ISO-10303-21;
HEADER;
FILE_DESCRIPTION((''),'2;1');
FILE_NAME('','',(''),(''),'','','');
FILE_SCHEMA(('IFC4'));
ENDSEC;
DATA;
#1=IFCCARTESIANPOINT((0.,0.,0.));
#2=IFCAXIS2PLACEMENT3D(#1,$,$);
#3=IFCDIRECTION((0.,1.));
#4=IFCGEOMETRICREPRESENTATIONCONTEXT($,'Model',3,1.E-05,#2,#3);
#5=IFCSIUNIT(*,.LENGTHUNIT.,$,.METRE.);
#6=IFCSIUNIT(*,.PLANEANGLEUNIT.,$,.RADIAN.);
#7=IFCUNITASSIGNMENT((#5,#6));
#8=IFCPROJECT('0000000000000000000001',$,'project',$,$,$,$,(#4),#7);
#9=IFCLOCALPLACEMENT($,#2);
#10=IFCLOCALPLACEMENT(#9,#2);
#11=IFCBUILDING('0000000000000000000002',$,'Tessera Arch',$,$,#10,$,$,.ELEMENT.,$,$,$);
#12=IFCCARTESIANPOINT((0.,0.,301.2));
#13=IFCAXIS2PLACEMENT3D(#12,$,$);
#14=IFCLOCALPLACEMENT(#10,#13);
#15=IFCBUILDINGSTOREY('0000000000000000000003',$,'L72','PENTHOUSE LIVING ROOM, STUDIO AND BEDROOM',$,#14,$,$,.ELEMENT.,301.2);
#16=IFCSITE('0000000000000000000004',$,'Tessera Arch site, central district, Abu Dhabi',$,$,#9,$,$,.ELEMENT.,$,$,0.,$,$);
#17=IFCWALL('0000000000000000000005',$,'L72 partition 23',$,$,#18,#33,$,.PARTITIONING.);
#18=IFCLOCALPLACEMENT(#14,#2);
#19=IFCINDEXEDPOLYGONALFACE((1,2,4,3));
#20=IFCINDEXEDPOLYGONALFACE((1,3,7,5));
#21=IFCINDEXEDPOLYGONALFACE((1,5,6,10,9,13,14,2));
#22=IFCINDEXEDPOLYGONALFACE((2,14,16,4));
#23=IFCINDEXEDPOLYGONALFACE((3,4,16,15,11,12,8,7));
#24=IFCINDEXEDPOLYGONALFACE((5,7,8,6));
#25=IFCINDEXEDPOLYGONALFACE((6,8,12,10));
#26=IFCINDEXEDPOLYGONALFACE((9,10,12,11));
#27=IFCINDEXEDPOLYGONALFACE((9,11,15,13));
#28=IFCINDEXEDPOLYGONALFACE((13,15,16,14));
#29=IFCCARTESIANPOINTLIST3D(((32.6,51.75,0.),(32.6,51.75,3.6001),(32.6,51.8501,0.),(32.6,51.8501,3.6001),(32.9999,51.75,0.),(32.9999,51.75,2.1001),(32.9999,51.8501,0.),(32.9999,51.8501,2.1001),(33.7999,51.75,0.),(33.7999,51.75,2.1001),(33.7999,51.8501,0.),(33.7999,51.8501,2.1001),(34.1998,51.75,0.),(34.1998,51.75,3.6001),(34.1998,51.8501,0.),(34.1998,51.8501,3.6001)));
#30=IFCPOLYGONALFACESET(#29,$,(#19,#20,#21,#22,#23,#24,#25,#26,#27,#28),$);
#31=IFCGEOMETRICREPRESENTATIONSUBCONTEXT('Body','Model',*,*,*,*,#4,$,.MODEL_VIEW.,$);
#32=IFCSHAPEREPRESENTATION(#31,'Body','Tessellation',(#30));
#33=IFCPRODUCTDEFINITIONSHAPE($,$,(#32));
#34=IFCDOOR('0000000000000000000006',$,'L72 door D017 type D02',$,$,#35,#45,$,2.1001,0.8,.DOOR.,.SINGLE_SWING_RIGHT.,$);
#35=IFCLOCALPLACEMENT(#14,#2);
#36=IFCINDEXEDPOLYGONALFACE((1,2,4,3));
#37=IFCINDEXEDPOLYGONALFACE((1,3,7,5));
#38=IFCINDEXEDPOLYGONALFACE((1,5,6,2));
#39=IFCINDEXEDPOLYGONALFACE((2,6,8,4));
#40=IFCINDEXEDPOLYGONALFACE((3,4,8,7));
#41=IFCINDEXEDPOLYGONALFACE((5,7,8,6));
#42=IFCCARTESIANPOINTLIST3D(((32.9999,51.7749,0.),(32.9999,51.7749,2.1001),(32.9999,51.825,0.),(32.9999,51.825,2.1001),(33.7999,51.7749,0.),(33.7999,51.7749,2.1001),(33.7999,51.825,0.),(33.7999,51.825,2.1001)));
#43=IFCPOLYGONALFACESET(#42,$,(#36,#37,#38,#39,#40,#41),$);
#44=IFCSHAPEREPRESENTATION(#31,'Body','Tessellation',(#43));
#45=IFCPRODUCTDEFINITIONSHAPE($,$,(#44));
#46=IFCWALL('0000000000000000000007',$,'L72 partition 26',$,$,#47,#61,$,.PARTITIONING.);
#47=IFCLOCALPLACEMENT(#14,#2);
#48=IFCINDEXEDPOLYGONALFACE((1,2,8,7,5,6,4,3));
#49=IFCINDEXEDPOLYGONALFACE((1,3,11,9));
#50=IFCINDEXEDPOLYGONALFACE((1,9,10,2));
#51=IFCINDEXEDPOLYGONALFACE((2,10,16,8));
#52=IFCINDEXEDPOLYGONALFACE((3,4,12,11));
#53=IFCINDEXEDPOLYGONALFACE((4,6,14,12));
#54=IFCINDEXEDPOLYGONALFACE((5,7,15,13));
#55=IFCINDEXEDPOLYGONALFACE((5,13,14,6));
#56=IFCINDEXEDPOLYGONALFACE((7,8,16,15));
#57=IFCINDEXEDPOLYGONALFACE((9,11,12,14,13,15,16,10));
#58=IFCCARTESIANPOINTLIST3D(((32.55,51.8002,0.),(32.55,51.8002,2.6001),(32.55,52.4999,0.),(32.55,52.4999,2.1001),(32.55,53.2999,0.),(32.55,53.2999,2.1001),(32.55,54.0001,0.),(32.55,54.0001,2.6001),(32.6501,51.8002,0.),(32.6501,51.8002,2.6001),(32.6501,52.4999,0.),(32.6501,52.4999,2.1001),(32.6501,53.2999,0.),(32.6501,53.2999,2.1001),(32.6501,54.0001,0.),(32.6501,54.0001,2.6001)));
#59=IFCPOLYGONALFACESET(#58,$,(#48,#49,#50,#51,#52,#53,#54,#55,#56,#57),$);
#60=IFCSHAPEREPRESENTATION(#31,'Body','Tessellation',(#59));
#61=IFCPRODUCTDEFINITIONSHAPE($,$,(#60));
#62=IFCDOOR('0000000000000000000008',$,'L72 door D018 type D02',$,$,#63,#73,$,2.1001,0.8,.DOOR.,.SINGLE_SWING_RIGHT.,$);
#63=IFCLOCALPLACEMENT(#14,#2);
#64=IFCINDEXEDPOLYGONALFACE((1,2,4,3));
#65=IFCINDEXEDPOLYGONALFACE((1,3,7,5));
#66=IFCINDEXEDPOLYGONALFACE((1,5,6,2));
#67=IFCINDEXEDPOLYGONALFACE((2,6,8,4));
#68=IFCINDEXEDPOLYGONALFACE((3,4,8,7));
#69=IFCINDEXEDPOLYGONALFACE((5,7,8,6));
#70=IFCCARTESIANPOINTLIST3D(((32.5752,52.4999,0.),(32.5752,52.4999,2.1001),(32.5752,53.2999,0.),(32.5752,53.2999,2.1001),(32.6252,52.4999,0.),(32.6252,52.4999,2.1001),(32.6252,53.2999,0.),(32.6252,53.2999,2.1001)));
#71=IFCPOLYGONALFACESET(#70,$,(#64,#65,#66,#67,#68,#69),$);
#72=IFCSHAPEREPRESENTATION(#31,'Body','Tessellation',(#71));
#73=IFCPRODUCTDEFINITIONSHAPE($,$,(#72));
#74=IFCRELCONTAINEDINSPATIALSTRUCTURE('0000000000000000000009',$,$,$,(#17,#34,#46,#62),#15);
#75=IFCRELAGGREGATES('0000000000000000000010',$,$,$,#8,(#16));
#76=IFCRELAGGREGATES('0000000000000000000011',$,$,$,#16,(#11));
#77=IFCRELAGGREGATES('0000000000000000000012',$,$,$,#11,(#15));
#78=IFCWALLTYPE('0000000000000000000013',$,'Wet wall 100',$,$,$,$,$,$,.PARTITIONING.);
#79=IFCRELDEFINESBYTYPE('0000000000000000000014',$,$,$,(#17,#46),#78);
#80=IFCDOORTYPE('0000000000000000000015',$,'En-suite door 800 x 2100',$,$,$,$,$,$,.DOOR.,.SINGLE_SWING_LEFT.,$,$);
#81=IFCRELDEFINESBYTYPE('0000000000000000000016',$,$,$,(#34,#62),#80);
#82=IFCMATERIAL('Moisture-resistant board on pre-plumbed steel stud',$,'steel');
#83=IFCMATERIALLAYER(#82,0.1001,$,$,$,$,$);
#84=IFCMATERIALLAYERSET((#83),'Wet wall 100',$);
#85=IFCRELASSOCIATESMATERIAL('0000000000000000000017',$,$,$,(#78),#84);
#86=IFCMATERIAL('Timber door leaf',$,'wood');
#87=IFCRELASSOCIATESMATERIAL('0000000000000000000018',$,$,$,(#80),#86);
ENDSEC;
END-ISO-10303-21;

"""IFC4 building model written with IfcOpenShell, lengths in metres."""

from ifc_helpers import new_model, si_unit, direction, frame, frame_2d, origin, place, context, subcontext, project, spatial, rectangle, extrude, material, layer, layer_set, type_object, element, fill, save


model = new_model("IFC4")

# Units and contexts
model_context = context("Model", 3, precision=1e-05, world=origin(), true_north=direction((0.0, 1.0)))
body_context = subcontext(model_context, "Body", "Model", "MODEL_VIEW")
ifc_project = project(units=[si_unit("LENGTHUNIT", "METRE"), si_unit("PLANEANGLEUNIT", "RADIAN")], contexts=[model_context])

# Site, building, storey
site_placement = place(None, origin())
site = spatial("IfcSite", under=ifc_project, at=site_placement, Name="Tessera Arch site, central district, Abu Dhabi", CompositionType="ELEMENT", RefElevation=0.0)
building_placement = place(site_placement, origin())
building = spatial("IfcBuilding", under=site, at=building_placement, Name="Tessera Arch", CompositionType="ELEMENT")
storey_placement = place(building_placement, frame((0.0, 0.0, 301.2)))
storey = spatial("IfcBuildingStorey", under=building, at=storey_placement, Name="L72", Description="PENTHOUSE LIVING ROOM, STUDIO AND BEDROOM", CompositionType="ELEMENT", Elevation=301.2)

# Walls, openings, doors
ifc_material_1 = material(Name="Moisture-resistant board on pre-plumbed steel stud", Category="steel")
ifc_layer_1 = layer(ifc_material_1, 0.1001)
ifc_layer_set_1 = layer_set([ifc_layer_1], Name="Wet wall 100")
wall_type_1 = type_object("IfcWallType", Name="Wet wall 100", PredefinedType="PARTITIONING", material=ifc_layer_set_1)
wall_1_placement = place(storey_placement, frame((32.6001, 51.8, 0.0), z_axis=(0.0, 0.0, 1.0), x_axis=(1.0, 0.0, 0.0)))
wall_1 = element("IfcWall", 1, at=wall_1_placement, inside=storey, type_object=wall_type_1, Name="L72 partition 23", PredefinedType="PARTITIONING", context=body_context, shape_type="SweptSolid", body=[
    extrude(rectangle(XDim=1.5999, YDim=0.1001, at=frame_2d((0.7998, 0.0))), origin(), (0.0, 0.0, 1.0), 3.6001),
])
opening_1_placement = place(wall_1_placement, frame((0.3999, 0.0, 0.0)))
opening_1 = element("IfcOpeningElement", 2, at=opening_1_placement, cuts=wall_1, PredefinedType="OPENING", context=body_context, shape_type="SweptSolid", body=[
    extrude(rectangle(XDim=0.8, YDim=2.1001, at=frame_2d((0.3999, 1.05))), frame((0.0, 0.0601, 0.0), z_axis=(0.0, -1.0, 0.0), x_axis=(1.0, 0.0, 0.0)), (0.0, 0.0, 1.0), 0.1201),
])
ifc_material_2 = material(Name="Timber door leaf", Category="wood")
door_type_1 = type_object("IfcDoorType", Name="En-suite door 800 x 2100", OperationType="SINGLE_SWING_LEFT", PredefinedType="DOOR", material=ifc_material_2)
door_1_placement = place(opening_1_placement, origin())
door_1 = element("IfcDoor", 3, at=door_1_placement, inside=storey, type_object=door_type_1, Name="L72 door D017 type D02", OperationType="SINGLE_SWING_RIGHT", OverallHeight=2.1001, OverallWidth=0.8, PredefinedType="DOOR", context=body_context, shape_type="SweptSolid", body=[
    extrude(rectangle(XDim=0.8, YDim=2.1001, at=frame_2d((0.3999, 1.05))), frame((0.0, 0.0249, 0.0), z_axis=(0.0, -1.0, 0.0), x_axis=(1.0, 0.0, 0.0)), (0.0, 0.0, 1.0), 0.05),
])
fill(opening_1, door_1)
wall_2_placement = place(storey_placement, frame((32.6001, 51.8, 0.0), z_axis=(0.0, 0.0, 1.0), x_axis=(0.0, 1.0, 0.0)))
wall_2 = element("IfcWall", 4, at=wall_2_placement, inside=storey, type_object=wall_type_1, Name="L72 partition 26", PredefinedType="PARTITIONING", context=body_context, shape_type="SweptSolid", body=[
    extrude(rectangle(XDim=2.2, YDim=0.1001, at=frame_2d((1.1001, 0.0))), origin(), (0.0, 0.0, 1.0), 2.6001),
])
opening_2_placement = place(wall_2_placement, frame((0.7, 0.0, 0.0)))
opening_2 = element("IfcOpeningElement", 5, at=opening_2_placement, cuts=wall_2, PredefinedType="OPENING", context=body_context, shape_type="SweptSolid", body=[
    extrude(rectangle(XDim=0.8, YDim=2.1001, at=frame_2d((0.3999, 1.05))), frame((0.0, 0.0601, 0.0), z_axis=(0.0, -1.0, 0.0), x_axis=(1.0, 0.0, 0.0)), (0.0, 0.0, 1.0), 0.1201),
])
door_2_placement = place(opening_2_placement, origin())
door_2 = element("IfcDoor", 6, at=door_2_placement, inside=storey, type_object=door_type_1, Name="L72 door D018 type D02", OperationType="SINGLE_SWING_RIGHT", OverallHeight=2.1001, OverallWidth=0.8, PredefinedType="DOOR", context=body_context, shape_type="SweptSolid", body=[
    extrude(rectangle(XDim=0.8, YDim=2.1001, at=frame_2d((0.3999, 1.05))), frame((0.0, 0.0249, 0.0), z_axis=(0.0, -1.0, 0.0), x_axis=(1.0, 0.0, 0.0)), (0.0, 0.0, 1.0), 0.05),
])
fill(opening_2, door_2)

save(model, "model.ifc")
